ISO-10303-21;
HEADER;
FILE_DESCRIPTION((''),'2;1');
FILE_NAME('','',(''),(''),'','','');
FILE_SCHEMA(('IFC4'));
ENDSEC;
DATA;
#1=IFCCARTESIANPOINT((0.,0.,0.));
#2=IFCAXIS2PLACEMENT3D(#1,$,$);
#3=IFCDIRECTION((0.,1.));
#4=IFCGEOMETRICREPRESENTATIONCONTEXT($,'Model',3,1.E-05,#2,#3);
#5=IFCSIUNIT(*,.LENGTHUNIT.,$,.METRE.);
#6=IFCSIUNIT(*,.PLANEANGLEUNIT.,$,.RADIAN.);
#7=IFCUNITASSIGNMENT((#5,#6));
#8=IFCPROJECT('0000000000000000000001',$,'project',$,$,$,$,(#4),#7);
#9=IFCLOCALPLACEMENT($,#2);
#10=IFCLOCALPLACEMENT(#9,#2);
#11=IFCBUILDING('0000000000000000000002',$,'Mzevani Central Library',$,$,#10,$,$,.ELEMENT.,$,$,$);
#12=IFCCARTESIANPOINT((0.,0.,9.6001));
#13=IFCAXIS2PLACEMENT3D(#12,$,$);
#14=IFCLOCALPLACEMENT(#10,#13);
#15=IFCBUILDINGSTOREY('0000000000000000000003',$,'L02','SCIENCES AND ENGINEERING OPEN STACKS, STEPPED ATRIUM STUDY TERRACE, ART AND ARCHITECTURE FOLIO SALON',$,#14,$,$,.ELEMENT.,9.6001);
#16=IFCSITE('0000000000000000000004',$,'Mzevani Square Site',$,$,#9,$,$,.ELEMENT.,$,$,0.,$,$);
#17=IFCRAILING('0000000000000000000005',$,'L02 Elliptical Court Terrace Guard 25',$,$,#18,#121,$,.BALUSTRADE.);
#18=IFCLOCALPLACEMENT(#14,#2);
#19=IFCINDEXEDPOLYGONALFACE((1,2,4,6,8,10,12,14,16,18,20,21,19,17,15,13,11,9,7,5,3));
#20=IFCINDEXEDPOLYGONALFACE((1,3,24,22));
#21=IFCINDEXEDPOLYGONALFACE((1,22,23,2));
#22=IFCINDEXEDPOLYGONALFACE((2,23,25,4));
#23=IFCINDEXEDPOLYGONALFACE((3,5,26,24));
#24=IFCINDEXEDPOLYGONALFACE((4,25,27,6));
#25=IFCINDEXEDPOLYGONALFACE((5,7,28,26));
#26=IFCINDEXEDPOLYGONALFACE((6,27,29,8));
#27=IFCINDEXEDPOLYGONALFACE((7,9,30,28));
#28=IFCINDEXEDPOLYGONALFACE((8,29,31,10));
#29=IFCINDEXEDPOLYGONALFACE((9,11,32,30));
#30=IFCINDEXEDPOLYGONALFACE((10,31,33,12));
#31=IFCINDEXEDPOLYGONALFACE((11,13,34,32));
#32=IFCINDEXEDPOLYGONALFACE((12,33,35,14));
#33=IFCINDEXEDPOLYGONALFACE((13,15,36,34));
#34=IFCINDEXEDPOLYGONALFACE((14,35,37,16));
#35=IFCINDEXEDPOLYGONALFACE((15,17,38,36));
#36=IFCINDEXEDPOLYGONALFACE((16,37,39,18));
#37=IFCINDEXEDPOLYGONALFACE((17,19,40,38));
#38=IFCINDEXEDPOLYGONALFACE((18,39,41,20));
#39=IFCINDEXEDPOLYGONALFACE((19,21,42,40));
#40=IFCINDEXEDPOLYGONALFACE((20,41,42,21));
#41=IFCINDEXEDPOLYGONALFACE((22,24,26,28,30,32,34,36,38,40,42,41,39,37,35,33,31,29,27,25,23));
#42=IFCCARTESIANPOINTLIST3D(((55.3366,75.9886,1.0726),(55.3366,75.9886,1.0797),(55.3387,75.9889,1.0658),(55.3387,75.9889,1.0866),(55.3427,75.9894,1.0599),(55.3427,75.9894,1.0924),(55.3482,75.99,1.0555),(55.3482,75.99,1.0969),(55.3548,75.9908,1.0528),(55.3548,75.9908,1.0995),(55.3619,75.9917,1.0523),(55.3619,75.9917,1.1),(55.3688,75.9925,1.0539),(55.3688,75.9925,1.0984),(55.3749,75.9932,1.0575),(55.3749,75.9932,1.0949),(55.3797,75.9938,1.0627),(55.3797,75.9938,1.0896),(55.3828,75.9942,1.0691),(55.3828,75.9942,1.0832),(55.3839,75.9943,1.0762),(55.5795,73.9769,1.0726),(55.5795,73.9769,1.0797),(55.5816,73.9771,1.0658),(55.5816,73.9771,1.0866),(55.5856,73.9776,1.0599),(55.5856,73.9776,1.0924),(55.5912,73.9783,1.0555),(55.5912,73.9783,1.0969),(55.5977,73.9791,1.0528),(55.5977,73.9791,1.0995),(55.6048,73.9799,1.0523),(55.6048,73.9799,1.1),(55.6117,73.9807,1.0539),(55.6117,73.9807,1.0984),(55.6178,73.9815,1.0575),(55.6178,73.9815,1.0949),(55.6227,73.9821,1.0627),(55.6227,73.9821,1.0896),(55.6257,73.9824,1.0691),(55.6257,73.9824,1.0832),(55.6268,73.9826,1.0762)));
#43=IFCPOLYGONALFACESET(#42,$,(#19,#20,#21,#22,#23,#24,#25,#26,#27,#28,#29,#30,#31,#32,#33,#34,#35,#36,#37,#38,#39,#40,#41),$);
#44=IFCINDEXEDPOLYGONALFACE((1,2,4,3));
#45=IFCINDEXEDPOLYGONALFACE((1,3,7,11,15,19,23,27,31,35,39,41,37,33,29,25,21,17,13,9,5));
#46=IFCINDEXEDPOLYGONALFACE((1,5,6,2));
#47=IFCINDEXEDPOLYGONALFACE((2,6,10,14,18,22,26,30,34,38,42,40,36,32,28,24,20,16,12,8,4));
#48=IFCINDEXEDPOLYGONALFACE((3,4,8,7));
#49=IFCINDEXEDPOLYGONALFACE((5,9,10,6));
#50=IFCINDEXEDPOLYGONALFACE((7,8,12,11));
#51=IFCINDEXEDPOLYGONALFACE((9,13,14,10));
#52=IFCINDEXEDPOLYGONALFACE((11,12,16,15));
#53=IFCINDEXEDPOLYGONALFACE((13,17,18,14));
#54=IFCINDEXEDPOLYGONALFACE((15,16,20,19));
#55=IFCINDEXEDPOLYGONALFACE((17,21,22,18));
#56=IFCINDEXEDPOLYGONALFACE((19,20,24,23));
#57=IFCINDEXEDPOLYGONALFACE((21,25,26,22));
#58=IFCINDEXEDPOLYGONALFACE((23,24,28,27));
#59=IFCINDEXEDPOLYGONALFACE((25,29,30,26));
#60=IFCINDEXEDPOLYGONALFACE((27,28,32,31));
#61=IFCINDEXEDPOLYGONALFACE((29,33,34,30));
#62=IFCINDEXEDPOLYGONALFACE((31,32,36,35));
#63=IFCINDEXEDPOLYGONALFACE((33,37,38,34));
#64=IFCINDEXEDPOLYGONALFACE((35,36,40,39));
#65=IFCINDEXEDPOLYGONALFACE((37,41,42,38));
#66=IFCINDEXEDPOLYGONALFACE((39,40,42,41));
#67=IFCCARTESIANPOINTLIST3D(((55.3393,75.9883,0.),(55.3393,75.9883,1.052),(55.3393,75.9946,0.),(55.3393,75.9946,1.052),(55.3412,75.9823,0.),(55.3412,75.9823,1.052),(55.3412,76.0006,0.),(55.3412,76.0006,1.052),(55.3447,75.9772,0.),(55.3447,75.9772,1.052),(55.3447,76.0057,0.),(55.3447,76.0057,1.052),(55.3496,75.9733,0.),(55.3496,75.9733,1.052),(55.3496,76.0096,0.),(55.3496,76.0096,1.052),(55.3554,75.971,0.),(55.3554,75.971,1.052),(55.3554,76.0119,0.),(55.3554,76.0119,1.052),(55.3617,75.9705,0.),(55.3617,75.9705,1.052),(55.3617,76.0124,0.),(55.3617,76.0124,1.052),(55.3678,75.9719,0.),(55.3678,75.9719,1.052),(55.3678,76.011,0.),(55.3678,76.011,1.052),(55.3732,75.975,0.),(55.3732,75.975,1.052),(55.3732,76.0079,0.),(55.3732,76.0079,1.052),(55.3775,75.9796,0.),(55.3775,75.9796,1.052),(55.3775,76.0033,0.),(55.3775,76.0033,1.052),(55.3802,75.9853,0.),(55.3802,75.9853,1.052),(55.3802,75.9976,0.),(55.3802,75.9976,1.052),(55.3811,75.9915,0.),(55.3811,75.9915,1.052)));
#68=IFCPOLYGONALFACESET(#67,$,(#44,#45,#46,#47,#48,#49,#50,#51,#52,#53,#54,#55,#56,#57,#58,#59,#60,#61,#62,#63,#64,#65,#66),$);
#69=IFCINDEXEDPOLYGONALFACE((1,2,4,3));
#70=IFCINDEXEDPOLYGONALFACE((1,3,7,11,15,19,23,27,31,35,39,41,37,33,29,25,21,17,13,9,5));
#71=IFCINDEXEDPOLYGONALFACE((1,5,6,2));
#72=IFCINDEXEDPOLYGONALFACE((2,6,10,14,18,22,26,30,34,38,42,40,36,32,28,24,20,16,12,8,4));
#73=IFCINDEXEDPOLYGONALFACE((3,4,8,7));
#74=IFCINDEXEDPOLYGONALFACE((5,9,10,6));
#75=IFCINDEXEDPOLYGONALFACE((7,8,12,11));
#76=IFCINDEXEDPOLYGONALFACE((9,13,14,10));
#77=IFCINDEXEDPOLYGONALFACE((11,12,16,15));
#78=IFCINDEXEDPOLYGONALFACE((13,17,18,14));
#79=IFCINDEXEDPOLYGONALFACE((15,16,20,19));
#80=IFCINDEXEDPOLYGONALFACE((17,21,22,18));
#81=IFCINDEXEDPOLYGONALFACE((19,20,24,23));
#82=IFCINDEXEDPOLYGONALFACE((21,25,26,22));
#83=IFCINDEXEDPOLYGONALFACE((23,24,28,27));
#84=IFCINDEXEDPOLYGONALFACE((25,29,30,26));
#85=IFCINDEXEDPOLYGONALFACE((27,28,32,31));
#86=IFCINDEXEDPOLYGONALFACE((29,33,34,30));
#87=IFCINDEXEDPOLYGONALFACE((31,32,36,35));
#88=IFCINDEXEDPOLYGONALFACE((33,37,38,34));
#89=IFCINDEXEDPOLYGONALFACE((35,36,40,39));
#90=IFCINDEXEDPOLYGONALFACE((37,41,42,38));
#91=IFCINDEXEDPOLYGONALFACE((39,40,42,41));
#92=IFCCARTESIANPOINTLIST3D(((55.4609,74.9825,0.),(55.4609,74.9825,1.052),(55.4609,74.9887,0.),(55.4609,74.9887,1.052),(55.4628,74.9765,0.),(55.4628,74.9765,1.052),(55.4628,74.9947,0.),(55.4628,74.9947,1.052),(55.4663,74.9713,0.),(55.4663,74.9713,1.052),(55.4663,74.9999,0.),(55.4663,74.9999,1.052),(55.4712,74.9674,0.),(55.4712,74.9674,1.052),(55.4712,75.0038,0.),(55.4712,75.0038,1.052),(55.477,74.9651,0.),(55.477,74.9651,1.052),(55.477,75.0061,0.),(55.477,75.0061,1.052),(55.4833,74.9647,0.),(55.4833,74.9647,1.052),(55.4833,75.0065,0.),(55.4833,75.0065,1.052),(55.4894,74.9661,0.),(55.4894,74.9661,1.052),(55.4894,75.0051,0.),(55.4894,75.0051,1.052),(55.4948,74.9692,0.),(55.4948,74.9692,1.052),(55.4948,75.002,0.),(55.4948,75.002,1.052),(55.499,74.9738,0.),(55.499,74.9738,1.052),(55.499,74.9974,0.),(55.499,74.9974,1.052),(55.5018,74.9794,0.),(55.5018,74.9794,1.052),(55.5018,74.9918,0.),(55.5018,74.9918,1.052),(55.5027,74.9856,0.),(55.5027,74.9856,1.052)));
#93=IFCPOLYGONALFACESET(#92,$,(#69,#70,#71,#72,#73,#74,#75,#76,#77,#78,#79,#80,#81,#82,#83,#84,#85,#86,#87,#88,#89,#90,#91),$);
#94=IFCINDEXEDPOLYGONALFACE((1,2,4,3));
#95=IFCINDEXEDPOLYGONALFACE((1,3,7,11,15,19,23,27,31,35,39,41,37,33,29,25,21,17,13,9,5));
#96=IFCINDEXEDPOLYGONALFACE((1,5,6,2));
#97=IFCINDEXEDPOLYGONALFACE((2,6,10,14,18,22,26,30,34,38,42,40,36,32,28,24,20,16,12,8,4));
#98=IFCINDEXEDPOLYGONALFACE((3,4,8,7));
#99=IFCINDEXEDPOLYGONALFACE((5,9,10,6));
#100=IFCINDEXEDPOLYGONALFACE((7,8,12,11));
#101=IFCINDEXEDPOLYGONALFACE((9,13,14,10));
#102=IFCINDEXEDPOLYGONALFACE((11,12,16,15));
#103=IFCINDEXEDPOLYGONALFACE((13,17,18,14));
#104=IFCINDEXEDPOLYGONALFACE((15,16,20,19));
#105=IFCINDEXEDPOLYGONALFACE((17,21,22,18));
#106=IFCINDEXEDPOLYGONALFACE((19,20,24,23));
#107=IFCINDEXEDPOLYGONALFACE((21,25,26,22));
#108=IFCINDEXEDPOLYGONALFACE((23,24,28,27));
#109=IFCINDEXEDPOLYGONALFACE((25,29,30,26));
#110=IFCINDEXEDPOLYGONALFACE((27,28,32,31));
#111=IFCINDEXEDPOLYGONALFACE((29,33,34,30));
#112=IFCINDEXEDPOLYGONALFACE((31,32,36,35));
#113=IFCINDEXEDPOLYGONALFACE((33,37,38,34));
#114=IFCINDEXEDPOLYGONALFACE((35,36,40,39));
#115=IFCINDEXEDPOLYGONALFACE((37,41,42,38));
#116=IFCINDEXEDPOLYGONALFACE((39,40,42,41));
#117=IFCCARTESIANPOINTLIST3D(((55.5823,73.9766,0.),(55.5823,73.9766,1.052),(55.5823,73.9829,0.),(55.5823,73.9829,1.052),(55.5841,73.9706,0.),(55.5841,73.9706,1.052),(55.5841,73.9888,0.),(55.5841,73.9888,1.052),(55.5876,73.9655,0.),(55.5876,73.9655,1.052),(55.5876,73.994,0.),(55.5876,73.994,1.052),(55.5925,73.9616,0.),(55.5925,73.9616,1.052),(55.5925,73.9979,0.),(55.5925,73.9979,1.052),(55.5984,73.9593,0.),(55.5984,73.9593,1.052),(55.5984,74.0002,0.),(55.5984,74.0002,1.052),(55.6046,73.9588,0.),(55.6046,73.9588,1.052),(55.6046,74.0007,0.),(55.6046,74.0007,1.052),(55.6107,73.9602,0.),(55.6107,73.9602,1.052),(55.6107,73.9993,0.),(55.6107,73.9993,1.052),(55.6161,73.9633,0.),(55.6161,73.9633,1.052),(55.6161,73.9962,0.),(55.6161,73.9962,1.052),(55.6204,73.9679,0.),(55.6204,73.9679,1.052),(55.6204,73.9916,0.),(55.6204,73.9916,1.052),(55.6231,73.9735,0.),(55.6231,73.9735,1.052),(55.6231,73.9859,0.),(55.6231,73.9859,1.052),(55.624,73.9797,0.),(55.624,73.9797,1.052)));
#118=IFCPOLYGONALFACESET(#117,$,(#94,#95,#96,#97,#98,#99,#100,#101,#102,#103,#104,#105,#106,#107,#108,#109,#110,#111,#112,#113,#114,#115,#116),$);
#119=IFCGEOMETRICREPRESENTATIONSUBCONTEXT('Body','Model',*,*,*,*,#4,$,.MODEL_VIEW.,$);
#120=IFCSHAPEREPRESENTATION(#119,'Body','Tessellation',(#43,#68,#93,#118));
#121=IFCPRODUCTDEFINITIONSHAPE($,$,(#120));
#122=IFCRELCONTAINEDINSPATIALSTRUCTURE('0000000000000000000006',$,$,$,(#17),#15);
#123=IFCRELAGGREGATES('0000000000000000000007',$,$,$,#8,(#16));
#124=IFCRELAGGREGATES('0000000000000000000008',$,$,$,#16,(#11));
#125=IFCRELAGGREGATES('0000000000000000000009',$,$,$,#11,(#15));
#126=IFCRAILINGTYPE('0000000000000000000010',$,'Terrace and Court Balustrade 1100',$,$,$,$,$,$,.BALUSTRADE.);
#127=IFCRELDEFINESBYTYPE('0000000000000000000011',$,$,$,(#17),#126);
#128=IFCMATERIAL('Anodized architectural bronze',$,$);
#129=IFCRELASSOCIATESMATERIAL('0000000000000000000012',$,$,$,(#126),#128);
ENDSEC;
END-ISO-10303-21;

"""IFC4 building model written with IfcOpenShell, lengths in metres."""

from ifc_helpers import new_model, si_unit, direction, frame, origin, origin_2d, place, context, subcontext, project, spatial, circle, extrude, material, type_object, element, save


model = new_model("IFC4")

# Units and contexts
model_context = context("Model", 3, precision=1e-05, world=origin(), true_north=direction((0.0, 1.0)))
body_context = subcontext(model_context, "Body", "Model", "MODEL_VIEW")
ifc_project = project(units=[si_unit("LENGTHUNIT", "METRE"), si_unit("PLANEANGLEUNIT", "RADIAN")], contexts=[model_context])

# Site, building, storey
site_placement = place(None, origin())
site = spatial("IfcSite", under=ifc_project, at=site_placement, Name="Mzevani Square Site", CompositionType="ELEMENT", RefElevation=0.0)
building_placement = place(site_placement, origin())
building = spatial("IfcBuilding", under=site, at=building_placement, Name="Mzevani Central Library", CompositionType="ELEMENT")
storey_placement = place(building_placement, frame((0.0, 0.0, 9.6001)))
storey = spatial("IfcBuildingStorey", under=building, at=storey_placement, Name="L02", Description="SCIENCES AND ENGINEERING OPEN STACKS, STEPPED ATRIUM STUDY TERRACE, ART AND ARCHITECTURE FOLIO SALON", CompositionType="ELEMENT", Elevation=9.6001)

# Railing
ifc_material_1 = material(Name="Anodized architectural bronze")
railing_type = type_object("IfcRailingType", Name="Terrace and Court Balustrade 1100", PredefinedType="BALUSTRADE", material=ifc_material_1)
railing_1_placement = place(storey_placement, frame((55.3601, 75.9915, 0.0)))
element("IfcRailing", 1, at=railing_1_placement, inside=storey, type_object=railing_type, Name="L02 Elliptical Court Terrace Guard 25", PredefinedType="BALUSTRADE", context=body_context, shape_type="SweptSolid", body=[
    extrude(circle(Radius=0.0239, at=origin_2d()), frame((0.0, 0.0, 1.0762), z_axis=(0.119882, -0.992788, 0.0), x_axis=(0.992788, 0.119882, 0.0)), (0.0, 0.0, 1.0), 2.0264),
    extrude(circle(Radius=0.021, at=origin_2d()), origin(), (0.0, 0.0, 1.0), 1.052),
    extrude(circle(Radius=0.021, at=origin_2d()), frame((0.1216, -1.0059, 0.0)), (0.0, 0.0, 1.0), 1.052),
    extrude(circle(Radius=0.021, at=origin_2d()), frame((0.2429, -2.0117, 0.0)), (0.0, 0.0, 1.0), 1.052),
])

save(model, "model.ifc")
